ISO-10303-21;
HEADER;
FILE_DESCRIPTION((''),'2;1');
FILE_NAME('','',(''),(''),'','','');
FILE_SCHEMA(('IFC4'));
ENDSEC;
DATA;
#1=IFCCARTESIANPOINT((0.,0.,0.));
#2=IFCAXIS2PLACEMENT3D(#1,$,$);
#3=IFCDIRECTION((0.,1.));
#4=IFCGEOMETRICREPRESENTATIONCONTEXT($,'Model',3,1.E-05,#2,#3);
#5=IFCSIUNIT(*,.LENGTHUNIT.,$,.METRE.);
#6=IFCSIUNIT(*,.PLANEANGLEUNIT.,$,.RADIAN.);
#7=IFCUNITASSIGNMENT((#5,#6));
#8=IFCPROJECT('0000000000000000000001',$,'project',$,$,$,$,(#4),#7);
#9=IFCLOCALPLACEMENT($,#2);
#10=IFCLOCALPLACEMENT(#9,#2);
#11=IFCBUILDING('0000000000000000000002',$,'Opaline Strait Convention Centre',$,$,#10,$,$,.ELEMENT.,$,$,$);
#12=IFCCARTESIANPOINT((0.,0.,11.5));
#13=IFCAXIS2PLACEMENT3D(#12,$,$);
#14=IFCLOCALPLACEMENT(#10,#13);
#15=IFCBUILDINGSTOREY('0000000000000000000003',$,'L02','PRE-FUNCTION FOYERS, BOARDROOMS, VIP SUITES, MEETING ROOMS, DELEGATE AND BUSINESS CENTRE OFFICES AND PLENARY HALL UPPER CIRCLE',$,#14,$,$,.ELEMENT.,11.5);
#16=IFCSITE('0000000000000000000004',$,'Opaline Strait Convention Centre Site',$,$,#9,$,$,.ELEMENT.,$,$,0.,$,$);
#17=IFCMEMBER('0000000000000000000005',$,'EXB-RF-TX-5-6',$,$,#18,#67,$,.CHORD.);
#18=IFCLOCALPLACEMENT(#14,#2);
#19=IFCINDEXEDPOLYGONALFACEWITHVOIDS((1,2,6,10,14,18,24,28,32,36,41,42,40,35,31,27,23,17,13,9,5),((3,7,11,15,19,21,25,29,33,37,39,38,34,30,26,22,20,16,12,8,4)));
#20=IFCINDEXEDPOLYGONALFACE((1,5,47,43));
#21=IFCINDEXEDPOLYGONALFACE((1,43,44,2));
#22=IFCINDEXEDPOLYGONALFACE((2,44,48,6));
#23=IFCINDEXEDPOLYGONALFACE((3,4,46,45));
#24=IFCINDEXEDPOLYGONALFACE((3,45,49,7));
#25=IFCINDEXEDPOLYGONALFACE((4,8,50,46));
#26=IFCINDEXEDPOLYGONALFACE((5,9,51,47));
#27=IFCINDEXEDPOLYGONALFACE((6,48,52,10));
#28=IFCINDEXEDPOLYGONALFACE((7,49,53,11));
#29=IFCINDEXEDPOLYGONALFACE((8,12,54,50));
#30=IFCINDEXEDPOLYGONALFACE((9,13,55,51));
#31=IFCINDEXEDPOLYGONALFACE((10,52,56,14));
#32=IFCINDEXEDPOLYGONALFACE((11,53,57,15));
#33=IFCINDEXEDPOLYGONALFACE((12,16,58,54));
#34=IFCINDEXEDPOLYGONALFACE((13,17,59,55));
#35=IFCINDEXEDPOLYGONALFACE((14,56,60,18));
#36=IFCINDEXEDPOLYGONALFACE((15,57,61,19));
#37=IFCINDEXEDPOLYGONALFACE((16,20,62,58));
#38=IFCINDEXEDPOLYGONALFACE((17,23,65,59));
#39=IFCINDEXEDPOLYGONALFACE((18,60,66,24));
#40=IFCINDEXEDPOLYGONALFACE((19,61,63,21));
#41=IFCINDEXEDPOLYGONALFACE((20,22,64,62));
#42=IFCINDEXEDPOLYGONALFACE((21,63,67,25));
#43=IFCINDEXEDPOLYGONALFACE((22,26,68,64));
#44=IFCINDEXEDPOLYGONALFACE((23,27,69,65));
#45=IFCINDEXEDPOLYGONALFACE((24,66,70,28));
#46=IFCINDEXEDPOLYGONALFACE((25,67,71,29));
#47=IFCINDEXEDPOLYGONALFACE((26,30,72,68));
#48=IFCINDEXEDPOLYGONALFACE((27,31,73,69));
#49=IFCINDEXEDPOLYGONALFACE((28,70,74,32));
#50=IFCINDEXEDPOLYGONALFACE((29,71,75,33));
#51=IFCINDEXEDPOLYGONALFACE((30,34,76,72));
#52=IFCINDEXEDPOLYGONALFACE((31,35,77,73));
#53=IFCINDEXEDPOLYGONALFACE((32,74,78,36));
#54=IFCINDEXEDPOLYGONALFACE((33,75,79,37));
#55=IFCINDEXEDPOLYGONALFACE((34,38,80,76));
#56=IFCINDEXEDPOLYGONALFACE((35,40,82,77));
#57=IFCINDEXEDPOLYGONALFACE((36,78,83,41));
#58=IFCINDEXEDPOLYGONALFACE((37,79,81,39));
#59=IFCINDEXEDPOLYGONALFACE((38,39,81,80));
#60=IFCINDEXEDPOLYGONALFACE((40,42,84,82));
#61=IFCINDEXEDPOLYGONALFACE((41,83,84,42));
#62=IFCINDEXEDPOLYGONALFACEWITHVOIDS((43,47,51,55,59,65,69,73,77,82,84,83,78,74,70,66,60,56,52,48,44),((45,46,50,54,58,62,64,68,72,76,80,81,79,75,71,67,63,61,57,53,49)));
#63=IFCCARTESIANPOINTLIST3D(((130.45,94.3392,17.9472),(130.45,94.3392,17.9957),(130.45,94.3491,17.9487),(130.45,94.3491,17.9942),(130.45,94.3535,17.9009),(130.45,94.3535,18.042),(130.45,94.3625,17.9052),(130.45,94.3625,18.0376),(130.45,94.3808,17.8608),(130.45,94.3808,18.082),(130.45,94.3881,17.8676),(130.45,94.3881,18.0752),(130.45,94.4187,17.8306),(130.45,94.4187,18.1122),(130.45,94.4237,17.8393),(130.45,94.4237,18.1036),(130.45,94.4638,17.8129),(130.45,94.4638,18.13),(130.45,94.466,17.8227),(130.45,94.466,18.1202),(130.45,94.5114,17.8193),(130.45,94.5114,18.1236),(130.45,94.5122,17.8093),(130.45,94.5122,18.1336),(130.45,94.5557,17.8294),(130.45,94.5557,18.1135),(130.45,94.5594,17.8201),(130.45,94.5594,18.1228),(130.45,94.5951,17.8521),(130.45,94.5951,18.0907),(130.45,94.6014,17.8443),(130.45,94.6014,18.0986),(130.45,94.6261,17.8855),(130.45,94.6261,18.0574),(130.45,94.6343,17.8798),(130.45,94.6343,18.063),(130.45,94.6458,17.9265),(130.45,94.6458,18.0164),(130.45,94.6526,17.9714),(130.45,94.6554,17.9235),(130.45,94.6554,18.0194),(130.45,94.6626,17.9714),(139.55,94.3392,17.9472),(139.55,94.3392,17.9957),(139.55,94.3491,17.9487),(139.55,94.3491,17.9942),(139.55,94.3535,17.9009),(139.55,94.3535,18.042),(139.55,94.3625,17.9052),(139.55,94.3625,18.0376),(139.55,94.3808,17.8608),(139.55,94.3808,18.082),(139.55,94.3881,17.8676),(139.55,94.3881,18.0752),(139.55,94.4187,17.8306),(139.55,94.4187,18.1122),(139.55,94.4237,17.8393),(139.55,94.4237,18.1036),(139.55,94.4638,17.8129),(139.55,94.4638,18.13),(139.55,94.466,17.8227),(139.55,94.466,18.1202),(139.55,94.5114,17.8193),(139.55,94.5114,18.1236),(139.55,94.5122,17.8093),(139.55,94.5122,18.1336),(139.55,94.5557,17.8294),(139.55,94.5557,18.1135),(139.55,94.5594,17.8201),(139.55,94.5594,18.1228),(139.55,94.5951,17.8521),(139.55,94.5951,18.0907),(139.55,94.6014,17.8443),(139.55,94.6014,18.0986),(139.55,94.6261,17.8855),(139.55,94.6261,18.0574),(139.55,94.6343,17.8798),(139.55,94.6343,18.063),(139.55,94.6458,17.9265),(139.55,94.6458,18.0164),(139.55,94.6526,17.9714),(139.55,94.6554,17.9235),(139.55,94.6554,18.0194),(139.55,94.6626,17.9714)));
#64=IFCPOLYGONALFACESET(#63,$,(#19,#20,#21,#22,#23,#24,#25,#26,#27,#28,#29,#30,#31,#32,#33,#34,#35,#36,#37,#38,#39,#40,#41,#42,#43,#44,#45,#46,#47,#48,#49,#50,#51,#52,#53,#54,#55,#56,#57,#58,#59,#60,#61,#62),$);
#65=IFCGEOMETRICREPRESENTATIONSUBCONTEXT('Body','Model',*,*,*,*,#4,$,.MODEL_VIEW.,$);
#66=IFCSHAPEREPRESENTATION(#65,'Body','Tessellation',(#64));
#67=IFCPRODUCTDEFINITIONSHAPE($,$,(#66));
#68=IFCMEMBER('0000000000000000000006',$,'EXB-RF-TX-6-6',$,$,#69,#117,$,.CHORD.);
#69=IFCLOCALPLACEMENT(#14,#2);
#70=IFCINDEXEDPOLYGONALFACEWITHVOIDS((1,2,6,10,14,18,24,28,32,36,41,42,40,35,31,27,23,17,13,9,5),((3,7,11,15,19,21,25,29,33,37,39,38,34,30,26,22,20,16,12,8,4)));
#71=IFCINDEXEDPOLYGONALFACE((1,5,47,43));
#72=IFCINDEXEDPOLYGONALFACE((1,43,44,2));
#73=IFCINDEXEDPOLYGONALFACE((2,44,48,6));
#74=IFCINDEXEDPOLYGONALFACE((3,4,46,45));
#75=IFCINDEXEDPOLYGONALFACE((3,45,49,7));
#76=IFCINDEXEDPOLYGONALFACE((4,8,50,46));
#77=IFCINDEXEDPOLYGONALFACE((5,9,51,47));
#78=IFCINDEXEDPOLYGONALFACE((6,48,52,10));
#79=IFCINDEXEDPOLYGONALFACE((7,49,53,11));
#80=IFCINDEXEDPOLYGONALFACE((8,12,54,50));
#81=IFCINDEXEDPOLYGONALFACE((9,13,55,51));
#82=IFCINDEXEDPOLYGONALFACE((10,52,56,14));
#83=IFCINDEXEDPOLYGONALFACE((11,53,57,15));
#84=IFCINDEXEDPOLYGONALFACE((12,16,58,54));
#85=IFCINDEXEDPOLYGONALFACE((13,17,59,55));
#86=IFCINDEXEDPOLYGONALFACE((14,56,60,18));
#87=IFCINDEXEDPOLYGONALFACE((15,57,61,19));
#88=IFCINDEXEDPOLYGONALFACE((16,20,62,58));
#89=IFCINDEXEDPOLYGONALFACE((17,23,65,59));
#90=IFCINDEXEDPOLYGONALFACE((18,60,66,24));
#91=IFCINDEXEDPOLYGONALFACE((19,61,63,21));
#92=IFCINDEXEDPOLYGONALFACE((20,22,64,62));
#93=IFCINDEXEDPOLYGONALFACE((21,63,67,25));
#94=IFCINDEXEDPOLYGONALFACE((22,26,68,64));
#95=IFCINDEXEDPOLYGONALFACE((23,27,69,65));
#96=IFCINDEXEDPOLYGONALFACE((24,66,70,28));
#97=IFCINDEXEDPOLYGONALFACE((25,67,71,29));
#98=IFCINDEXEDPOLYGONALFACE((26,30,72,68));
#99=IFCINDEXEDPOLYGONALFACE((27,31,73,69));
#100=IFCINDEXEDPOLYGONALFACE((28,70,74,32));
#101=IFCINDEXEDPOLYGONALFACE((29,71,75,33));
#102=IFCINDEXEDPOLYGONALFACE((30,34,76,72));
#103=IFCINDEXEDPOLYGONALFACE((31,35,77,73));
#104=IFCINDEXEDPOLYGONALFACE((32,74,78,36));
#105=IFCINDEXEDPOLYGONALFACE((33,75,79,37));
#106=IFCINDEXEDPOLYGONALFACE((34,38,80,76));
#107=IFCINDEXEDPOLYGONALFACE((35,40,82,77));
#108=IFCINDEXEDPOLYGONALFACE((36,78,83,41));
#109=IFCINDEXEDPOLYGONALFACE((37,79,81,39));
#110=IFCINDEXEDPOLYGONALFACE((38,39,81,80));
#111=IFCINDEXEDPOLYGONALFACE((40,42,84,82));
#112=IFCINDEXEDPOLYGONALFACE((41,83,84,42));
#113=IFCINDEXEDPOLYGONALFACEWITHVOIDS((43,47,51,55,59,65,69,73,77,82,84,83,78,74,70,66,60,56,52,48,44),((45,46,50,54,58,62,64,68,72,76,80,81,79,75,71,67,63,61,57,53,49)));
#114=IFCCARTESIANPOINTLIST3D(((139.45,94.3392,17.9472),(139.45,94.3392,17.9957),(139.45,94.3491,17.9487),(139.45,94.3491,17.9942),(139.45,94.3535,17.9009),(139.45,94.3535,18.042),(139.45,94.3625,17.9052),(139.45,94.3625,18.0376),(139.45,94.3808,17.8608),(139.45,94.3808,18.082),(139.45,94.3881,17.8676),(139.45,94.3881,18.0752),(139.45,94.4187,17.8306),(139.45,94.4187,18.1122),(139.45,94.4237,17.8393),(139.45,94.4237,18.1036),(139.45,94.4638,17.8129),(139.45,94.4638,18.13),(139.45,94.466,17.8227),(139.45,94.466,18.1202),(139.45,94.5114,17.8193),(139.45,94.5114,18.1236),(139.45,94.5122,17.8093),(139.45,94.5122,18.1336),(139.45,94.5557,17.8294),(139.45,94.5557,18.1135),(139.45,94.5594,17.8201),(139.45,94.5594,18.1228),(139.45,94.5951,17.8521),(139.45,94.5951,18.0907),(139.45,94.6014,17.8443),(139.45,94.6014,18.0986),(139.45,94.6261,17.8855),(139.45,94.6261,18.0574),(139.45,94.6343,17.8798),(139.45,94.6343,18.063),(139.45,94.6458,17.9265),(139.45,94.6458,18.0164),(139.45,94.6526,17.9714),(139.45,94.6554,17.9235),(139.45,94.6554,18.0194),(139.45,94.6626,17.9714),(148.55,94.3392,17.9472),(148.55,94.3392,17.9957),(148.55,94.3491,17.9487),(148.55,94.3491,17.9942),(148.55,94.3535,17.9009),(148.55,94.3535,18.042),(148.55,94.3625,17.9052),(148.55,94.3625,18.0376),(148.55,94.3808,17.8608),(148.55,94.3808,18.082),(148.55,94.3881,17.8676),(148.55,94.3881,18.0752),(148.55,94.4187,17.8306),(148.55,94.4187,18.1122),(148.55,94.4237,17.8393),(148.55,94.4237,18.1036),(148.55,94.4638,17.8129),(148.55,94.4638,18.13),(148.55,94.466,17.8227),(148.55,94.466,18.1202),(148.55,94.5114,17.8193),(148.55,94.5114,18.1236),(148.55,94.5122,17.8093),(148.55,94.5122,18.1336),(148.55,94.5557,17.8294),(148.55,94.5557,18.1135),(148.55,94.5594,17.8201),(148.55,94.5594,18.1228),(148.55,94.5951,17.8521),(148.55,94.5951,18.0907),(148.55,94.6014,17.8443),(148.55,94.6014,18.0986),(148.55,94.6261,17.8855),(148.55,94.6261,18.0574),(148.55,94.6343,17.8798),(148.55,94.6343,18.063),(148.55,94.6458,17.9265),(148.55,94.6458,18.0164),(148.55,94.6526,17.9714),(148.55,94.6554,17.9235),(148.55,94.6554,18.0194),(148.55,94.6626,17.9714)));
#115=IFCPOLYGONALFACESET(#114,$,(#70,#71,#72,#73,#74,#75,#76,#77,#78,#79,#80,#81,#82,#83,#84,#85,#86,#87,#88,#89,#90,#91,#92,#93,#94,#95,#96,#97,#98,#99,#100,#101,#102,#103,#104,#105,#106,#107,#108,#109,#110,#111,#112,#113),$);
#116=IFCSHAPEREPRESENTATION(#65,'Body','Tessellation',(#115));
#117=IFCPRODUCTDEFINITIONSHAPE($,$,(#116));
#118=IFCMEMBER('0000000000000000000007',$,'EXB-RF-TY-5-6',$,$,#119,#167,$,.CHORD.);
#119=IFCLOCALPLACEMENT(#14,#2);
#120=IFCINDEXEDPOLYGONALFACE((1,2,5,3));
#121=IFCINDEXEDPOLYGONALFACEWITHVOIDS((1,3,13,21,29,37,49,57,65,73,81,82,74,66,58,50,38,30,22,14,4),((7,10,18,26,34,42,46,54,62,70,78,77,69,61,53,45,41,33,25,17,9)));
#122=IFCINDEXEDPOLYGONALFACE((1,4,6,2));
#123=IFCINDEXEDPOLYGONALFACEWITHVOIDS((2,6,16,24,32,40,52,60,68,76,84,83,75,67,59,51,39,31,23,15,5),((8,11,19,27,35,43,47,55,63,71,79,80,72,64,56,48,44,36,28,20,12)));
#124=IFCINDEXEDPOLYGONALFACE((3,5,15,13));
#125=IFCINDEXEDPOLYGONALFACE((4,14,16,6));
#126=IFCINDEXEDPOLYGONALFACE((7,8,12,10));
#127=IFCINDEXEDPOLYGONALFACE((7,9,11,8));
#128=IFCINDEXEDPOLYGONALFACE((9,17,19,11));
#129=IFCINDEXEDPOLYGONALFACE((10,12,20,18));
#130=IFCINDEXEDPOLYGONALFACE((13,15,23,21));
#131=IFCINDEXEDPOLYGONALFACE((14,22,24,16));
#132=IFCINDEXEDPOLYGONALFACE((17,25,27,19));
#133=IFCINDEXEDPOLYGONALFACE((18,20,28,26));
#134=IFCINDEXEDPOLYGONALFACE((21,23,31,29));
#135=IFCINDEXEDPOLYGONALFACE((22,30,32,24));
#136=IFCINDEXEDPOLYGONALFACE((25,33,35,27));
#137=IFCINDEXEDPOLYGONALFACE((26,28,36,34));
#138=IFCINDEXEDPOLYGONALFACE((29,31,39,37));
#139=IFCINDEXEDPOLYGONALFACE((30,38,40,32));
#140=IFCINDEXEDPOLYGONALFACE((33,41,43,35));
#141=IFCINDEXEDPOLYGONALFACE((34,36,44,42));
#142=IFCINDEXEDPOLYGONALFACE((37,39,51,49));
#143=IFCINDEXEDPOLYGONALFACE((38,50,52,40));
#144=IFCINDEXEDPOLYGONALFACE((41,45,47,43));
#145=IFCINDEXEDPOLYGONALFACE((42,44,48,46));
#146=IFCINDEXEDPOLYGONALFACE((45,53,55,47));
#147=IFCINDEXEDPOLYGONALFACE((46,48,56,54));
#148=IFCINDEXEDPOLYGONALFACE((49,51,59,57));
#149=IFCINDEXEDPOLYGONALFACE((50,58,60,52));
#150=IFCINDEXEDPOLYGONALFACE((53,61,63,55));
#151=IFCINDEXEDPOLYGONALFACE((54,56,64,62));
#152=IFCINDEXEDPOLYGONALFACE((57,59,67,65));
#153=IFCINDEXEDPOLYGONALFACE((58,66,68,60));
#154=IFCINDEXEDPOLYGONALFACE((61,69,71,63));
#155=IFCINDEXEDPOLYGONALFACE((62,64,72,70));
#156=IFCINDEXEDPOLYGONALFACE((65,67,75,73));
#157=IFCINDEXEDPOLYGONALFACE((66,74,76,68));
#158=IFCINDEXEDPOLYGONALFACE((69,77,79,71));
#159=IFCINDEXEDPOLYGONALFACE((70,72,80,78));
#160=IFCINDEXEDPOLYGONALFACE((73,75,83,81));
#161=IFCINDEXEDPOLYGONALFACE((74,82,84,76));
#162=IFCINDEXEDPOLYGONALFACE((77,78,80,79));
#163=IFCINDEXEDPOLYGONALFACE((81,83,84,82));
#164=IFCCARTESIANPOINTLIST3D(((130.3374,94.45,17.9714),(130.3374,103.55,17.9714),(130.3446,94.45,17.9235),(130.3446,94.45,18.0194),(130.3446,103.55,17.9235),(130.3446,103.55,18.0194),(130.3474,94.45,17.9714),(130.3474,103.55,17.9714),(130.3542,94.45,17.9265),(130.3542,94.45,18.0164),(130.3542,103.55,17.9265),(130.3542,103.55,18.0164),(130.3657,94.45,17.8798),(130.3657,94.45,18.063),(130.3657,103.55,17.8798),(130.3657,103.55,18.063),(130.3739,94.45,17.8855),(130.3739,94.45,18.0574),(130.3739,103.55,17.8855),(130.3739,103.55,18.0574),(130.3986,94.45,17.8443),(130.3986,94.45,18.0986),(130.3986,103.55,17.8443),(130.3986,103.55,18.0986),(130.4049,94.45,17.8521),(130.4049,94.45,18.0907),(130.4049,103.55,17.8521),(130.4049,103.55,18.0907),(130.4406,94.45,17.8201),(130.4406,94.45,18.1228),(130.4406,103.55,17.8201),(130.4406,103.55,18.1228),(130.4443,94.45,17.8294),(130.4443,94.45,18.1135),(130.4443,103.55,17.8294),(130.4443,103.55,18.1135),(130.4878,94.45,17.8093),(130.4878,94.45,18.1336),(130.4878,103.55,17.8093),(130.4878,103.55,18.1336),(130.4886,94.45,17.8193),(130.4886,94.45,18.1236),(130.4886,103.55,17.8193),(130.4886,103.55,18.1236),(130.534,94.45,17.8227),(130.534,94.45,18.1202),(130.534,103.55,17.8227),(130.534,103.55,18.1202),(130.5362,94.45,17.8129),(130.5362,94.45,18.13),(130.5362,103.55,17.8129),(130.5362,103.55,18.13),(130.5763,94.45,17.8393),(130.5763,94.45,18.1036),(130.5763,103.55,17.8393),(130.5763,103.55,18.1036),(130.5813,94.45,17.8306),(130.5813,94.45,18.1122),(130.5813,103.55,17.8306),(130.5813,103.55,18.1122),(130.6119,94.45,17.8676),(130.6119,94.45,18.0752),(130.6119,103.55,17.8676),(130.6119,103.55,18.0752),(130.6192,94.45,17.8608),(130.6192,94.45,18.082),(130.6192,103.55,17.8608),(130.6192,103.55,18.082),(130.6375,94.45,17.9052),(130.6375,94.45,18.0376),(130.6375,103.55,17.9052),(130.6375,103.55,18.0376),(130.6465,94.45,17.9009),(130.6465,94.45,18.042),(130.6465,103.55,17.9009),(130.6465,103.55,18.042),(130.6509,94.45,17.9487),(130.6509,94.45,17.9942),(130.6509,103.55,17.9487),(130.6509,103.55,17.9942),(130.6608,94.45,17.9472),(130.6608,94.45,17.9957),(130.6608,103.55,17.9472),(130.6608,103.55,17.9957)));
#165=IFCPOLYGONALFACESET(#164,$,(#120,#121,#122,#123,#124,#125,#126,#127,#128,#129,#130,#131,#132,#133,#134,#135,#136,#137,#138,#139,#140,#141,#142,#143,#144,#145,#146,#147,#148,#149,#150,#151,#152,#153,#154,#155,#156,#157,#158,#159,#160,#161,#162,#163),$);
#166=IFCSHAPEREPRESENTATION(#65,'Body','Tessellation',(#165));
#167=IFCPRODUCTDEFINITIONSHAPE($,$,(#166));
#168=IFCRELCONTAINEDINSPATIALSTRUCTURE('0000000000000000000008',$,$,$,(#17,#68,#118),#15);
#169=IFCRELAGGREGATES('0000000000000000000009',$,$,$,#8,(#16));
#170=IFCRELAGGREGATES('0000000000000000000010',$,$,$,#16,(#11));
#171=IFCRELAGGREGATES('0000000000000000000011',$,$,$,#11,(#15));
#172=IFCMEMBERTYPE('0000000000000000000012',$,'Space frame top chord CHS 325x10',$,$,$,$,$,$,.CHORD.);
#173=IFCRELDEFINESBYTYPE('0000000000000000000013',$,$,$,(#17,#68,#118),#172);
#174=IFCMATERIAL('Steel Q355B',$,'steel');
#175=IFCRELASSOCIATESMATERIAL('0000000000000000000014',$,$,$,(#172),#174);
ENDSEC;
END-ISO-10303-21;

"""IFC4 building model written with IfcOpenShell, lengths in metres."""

from ifc_helpers import new_model, si_unit, direction, frame, origin, origin_2d, place, context, subcontext, project, spatial, hollow_circle, extrude, material, material_profile, profile_set, type_object, element, save


model = new_model("IFC4")

# Units and contexts
model_context = context("Model", 3, precision=1e-05, world=origin(), true_north=direction((0.0, 1.0)))
body_context = subcontext(model_context, "Body", "Model", "MODEL_VIEW")
ifc_project = project(units=[si_unit("LENGTHUNIT", "METRE"), si_unit("PLANEANGLEUNIT", "RADIAN")], contexts=[model_context])

# Site, building, storey
site_placement = place(None, origin())
site = spatial("IfcSite", under=ifc_project, at=site_placement, Name="Opaline Strait Convention Centre Site", CompositionType="ELEMENT", RefElevation=0.0)
building_placement = place(site_placement, origin())
building = spatial("IfcBuilding", under=site, at=building_placement, Name="Opaline Strait Convention Centre", CompositionType="ELEMENT")
storey_placement = place(building_placement, frame((0.0, 0.0, 11.5)))
storey = spatial("IfcBuildingStorey", under=building, at=storey_placement, Name="L02", Description="PRE-FUNCTION FOYERS, BOARDROOMS, VIP SUITES, MEETING ROOMS, DELEGATE AND BUSINESS CENTRE OFFICES AND PLENARY HALL UPPER CIRCLE", CompositionType="ELEMENT", Elevation=11.5)

# Members
ifc_material = material(Name="Steel Q355B", Category="steel")
ifc_material_profile_1 = material_profile(ifc_material, hollow_circle(Radius=0.1626, WallThickness=0.01, at=origin_2d()), Name="CHS 325x10")
ifc_profile_set_1 = profile_set([ifc_material_profile_1], Name="Steel Q355B")
member_type_1 = type_object("IfcMemberType", Name="Space frame top chord CHS 325x10", PredefinedType="CHORD", material=ifc_profile_set_1)
for number, where, z_axis, x_axis, name in (
    (1, (130.45, 94.5, 17.9714), (1.0, 0.0, 0.0), (0.0, 1.0, 0.0), "EXB-RF-TX-5-6"),
    (2, (139.45, 94.5, 17.9714), (1.0, 0.0, 0.0), (0.0, 1.0, 0.0), "EXB-RF-TX-6-6"),
    (3, (130.5, 94.45, 17.9714), (0.0, 1.0, 0.0), (-1.0, 0.0, 0.0), "EXB-RF-TY-5-6"),
):
    element("IfcMember", number, at=place(storey_placement, frame(where, z_axis=z_axis, x_axis=x_axis)), inside=storey, type_object=member_type_1, Name=name, PredefinedType="CHORD", context=body_context, shape_type="SweptSolid", body=[
        extrude(hollow_circle(Radius=0.1626, WallThickness=0.01, at=origin_2d()), origin(), (0.0, 0.0, 1.0), 9.1001),
    ])

save(model, "model.ifc")
